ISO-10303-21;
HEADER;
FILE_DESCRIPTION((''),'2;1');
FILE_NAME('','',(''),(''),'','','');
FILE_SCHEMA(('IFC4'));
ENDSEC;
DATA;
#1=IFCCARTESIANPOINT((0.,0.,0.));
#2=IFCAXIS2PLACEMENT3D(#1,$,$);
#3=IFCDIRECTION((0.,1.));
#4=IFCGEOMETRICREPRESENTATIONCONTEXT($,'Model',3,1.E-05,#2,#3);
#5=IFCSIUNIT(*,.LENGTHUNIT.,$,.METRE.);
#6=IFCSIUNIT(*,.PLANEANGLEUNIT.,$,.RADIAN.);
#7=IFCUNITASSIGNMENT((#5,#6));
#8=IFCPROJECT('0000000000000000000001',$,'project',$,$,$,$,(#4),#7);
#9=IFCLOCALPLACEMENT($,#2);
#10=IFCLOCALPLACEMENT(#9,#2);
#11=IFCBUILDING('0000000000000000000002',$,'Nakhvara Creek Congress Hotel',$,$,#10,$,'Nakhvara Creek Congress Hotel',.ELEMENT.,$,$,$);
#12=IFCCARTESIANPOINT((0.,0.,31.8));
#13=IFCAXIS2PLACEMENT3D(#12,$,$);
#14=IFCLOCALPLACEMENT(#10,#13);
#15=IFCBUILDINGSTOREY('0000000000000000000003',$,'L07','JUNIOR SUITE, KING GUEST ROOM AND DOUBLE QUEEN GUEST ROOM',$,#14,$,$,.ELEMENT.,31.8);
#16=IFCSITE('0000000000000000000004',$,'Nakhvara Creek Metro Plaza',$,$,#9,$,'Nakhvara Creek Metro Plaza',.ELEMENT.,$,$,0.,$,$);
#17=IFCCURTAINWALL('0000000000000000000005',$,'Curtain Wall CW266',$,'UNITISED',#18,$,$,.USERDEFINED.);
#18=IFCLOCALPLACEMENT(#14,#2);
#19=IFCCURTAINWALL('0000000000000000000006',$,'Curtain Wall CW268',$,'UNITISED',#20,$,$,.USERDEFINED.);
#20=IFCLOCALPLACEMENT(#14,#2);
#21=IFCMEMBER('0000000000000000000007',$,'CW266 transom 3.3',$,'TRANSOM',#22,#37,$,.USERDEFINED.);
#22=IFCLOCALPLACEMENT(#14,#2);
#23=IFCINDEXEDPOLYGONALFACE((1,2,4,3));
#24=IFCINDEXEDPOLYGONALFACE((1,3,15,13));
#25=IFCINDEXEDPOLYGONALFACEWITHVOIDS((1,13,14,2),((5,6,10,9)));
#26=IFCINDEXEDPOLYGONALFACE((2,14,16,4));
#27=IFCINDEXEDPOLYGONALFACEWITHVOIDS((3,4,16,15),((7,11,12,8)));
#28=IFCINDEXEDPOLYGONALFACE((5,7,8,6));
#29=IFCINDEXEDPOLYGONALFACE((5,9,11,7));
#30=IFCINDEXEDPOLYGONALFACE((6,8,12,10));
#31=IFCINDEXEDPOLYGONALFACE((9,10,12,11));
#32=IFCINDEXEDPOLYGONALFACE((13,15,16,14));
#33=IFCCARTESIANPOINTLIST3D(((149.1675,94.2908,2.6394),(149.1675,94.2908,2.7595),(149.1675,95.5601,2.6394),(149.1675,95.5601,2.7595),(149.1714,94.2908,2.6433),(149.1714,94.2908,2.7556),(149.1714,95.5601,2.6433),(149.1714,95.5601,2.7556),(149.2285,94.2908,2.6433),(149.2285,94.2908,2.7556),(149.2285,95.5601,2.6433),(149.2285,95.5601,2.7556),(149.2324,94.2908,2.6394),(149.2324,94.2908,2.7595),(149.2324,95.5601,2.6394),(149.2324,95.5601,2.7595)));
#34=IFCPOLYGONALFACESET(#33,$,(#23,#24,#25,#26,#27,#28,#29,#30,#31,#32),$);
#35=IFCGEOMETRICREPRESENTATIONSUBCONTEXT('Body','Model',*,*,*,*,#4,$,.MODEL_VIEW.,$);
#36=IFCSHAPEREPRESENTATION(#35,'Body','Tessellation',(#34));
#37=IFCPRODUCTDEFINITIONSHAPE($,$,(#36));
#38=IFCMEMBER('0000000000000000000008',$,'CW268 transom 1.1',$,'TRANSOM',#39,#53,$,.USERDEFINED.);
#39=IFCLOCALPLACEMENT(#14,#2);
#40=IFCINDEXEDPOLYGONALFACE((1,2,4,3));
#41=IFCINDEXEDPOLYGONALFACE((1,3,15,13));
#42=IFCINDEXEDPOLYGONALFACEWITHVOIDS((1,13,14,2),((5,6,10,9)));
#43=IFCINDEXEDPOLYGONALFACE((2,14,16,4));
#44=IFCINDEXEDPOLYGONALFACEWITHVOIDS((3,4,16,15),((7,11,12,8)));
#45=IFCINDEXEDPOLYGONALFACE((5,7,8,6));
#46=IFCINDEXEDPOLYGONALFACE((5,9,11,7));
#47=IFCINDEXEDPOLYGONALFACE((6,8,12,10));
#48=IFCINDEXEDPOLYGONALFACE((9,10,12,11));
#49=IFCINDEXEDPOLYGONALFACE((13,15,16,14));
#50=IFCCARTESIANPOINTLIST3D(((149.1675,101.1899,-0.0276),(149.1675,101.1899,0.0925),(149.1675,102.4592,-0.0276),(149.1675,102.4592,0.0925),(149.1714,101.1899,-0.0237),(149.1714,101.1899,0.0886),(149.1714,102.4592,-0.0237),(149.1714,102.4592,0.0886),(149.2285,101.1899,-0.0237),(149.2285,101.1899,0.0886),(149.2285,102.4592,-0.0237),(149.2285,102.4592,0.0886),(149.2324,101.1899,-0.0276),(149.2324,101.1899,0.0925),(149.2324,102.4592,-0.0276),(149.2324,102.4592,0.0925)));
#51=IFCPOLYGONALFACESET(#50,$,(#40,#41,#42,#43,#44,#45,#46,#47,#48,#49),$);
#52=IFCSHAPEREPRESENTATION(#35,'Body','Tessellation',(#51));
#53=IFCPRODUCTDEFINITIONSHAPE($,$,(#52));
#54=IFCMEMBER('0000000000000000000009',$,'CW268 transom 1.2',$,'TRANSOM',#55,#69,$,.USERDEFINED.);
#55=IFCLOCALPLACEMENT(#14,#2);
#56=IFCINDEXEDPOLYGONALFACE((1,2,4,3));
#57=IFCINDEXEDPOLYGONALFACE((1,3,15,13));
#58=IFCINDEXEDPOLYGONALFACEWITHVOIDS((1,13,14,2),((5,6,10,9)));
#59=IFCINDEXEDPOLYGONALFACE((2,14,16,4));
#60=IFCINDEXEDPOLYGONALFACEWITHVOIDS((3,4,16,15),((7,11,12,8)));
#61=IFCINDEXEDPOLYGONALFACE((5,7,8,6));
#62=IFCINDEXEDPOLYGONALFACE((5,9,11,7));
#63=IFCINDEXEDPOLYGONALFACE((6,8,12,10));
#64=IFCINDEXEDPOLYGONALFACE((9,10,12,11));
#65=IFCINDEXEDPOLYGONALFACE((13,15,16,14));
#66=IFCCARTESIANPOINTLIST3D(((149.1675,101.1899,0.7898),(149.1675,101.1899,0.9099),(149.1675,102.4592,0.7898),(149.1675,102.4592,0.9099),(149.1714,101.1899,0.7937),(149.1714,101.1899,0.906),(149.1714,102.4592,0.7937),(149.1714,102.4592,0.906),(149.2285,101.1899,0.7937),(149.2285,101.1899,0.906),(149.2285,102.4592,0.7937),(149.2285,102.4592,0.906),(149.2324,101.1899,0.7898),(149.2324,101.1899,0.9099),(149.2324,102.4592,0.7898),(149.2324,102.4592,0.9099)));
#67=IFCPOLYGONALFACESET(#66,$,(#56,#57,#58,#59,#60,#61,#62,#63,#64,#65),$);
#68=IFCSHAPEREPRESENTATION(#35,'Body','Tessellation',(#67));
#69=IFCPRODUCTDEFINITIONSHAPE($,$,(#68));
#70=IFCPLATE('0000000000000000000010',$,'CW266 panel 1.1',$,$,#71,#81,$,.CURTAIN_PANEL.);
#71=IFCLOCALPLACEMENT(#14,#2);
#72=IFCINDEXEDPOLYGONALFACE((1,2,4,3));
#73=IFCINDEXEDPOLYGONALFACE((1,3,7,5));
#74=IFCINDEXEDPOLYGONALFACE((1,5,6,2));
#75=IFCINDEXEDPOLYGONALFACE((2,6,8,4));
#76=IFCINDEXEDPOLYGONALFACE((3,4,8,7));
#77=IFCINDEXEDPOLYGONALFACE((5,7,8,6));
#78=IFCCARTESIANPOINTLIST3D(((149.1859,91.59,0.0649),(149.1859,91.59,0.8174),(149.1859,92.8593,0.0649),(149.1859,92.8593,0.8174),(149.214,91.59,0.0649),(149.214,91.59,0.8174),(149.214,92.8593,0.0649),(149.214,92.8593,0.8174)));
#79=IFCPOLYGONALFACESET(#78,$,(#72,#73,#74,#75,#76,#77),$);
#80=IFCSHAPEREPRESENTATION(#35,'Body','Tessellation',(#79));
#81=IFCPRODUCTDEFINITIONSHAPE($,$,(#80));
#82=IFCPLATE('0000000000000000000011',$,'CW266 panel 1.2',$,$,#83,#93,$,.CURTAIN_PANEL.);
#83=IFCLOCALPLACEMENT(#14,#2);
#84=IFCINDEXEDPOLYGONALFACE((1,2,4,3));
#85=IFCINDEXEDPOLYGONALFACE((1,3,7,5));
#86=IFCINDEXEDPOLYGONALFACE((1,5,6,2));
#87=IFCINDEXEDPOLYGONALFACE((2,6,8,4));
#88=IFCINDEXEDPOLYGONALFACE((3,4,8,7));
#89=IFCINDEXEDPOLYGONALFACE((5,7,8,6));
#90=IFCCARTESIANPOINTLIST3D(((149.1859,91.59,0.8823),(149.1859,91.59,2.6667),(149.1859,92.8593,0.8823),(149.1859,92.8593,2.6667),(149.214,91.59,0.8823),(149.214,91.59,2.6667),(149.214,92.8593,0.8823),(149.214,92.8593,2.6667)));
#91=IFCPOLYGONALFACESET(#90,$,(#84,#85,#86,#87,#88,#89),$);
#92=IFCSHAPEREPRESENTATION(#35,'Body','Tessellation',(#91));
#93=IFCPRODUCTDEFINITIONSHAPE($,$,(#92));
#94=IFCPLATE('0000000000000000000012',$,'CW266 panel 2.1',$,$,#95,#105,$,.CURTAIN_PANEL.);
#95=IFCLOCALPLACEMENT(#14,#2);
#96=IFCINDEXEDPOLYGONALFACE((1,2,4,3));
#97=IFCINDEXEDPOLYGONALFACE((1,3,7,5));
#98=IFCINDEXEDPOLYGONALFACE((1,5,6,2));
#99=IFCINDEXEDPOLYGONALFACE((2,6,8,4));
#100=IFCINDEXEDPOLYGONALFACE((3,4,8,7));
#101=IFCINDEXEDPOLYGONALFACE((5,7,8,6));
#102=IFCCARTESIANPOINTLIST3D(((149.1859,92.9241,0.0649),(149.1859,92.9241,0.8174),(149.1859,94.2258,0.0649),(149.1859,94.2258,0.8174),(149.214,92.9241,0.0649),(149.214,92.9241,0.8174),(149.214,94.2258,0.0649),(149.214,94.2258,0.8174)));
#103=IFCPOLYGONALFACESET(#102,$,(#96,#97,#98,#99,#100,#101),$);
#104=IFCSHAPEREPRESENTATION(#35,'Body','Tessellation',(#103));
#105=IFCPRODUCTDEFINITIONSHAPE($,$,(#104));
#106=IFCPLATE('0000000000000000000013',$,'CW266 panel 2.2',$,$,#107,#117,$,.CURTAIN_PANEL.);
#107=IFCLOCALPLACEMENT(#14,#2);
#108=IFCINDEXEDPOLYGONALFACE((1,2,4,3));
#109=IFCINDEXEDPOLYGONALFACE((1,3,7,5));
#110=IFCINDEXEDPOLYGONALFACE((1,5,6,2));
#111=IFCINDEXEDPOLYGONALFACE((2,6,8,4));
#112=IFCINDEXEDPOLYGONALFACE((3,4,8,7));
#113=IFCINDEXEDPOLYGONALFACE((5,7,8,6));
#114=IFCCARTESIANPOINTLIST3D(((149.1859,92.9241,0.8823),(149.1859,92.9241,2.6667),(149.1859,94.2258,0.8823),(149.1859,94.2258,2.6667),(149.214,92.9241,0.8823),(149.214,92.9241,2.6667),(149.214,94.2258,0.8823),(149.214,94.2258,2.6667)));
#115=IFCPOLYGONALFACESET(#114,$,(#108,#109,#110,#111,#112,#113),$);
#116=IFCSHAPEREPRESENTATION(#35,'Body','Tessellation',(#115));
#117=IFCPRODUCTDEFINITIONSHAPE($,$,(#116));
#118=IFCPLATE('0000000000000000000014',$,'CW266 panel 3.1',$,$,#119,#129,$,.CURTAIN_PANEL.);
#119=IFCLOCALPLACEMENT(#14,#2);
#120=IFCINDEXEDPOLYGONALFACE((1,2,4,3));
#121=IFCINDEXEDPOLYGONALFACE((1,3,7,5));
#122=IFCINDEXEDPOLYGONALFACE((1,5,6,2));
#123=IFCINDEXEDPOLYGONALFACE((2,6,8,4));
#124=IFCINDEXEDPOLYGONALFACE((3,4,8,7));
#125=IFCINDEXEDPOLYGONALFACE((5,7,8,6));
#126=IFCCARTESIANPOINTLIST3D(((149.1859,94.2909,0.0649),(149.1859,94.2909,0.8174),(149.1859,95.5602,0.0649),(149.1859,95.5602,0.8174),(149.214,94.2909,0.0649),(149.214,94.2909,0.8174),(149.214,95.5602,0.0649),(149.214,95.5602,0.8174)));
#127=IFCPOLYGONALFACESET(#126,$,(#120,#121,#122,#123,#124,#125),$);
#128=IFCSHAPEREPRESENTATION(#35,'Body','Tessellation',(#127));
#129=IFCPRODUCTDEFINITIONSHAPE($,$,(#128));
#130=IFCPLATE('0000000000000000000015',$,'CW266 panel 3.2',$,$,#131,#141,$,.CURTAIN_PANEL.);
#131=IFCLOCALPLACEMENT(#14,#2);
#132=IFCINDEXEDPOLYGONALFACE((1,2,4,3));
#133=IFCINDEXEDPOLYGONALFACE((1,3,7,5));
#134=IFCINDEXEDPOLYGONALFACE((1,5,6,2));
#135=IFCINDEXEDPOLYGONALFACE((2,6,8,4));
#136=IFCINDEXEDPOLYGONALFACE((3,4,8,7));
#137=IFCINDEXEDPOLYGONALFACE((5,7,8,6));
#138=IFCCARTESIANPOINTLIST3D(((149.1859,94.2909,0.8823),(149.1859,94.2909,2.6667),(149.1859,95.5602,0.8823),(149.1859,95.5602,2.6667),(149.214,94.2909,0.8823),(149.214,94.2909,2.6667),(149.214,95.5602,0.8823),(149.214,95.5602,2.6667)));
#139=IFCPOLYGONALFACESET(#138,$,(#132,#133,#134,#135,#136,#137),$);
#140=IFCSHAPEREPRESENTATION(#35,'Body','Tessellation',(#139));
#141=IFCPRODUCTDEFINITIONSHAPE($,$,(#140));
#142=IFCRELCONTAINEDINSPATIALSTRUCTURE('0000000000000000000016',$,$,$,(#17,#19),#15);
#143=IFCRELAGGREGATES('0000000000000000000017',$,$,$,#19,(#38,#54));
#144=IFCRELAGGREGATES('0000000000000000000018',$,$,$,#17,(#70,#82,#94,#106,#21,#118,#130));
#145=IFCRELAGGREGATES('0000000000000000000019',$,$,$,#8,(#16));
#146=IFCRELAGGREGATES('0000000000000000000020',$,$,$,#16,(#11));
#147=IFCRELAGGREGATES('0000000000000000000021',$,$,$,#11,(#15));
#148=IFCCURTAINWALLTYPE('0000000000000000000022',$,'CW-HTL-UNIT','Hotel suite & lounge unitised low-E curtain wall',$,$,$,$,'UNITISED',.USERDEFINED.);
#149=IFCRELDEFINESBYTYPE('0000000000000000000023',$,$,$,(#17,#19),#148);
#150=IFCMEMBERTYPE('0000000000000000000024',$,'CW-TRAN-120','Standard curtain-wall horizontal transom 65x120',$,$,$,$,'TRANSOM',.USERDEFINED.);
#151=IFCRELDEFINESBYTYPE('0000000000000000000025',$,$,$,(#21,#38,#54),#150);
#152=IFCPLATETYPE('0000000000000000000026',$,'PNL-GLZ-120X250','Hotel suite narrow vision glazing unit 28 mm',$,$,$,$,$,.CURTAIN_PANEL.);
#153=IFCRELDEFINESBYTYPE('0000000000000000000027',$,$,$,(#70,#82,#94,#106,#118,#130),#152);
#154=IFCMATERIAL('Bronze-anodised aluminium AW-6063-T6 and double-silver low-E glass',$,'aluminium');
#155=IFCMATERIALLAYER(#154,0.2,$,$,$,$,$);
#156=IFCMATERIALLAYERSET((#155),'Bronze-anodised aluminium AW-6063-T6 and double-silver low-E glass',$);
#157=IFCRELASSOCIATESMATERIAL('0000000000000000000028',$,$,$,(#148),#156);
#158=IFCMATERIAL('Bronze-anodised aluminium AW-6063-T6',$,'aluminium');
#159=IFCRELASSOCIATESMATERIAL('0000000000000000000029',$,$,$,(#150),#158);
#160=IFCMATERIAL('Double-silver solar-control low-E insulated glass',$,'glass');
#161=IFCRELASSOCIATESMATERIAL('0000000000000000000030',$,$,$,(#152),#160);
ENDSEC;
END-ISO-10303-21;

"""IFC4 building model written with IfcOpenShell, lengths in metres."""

from ifc_helpers import new_model, si_unit, direction, frame, origin, origin_2d, place, context, subcontext, project, spatial, rectangle, hollow_rectangle, extrude, material, layer, layer_set, material_profile, profile_set, type_object, element, aggregate, save


model = new_model("IFC4")

# Units and contexts
model_context = context("Model", 3, precision=1e-05, world=origin(), true_north=direction((0.0, 1.0)))
body_context = subcontext(model_context, "Body", "Model", "MODEL_VIEW")
ifc_project = project(units=[si_unit("LENGTHUNIT", "METRE"), si_unit("PLANEANGLEUNIT", "RADIAN")], contexts=[model_context])

# Site, building, storey
site_placement = place(None, origin())
site = spatial("IfcSite", under=ifc_project, at=site_placement, Name="Nakhvara Creek Metro Plaza", LongName="Nakhvara Creek Metro Plaza", CompositionType="ELEMENT", RefElevation=0.0)
building_placement = place(site_placement, origin())
building = spatial("IfcBuilding", under=site, at=building_placement, Name="Nakhvara Creek Congress Hotel", LongName="Nakhvara Creek Congress Hotel", CompositionType="ELEMENT")
storey_placement = place(building_placement, frame((0.0, 0.0, 31.8)))
storey = spatial("IfcBuildingStorey", under=building, at=storey_placement, Name="L07", Description="JUNIOR SUITE, KING GUEST ROOM AND DOUBLE QUEEN GUEST ROOM", CompositionType="ELEMENT", Elevation=31.8)

# Curtain wall
ifc_material_1 = material(Name="Bronze-anodised aluminium AW-6063-T6 and double-silver low-E glass", Category="aluminium")
ifc_layer = layer(ifc_material_1, 0.2)
ifc_layer_set = layer_set([ifc_layer], Name="Bronze-anodised aluminium AW-6063-T6 and double-silver low-E glass")
curtain_wall_type = type_object("IfcCurtainWallType", Name="CW-HTL-UNIT", Description="Hotel suite & lounge unitised low-E curtain wall", ElementType="UNITISED", PredefinedType="USERDEFINED", material=ifc_layer_set)
curtain_wall_1_placement = place(storey_placement, origin())
curtain_wall_1 = element("IfcCurtainWall", 1, at=curtain_wall_1_placement, inside=storey, type_object=curtain_wall_type, Name="Curtain Wall CW266", ObjectType="UNITISED", PredefinedType="USERDEFINED")
ifc_material_2 = material(Name="Bronze-anodised aluminium AW-6063-T6", Category="aluminium")

# Curtain wall
curtain_wall_2_placement = place(storey_placement, origin())
curtain_wall_2 = element("IfcCurtainWall", 2, at=curtain_wall_2_placement, inside=storey, type_object=curtain_wall_type, Name="Curtain Wall CW268", ObjectType="UNITISED", PredefinedType="USERDEFINED")

# Members
ifc_material_profile_1 = material_profile(ifc_material_2, hollow_rectangle(XDim=0.0649, YDim=0.1201, WallThickness=0.0039, at=origin_2d()), Name="ALU-TRAN 65x120x4", Category="LoadBearing")
ifc_profile_set_1 = profile_set([ifc_material_profile_1], Name="Bronze-anodised aluminium AW-6063-T6")
member_type_1 = type_object("IfcMemberType", Name="CW-TRAN-120", Description="Standard curtain-wall horizontal transom 65x120", ElementType="TRANSOM", PredefinedType="USERDEFINED", material=ifc_profile_set_1)
member_1_placement = place(storey_placement, frame((149.2, 94.2908, 2.6995), z_axis=(0.0, 1.0, 0.0), x_axis=(-1.0, 0.0, 0.0)))
member_1 = element("IfcMember", 3, at=member_1_placement, type_object=member_type_1, Name="CW266 transom 3.3", ObjectType="TRANSOM", PredefinedType="USERDEFINED", context=body_context, shape_type="SweptSolid", body=[
    extrude(hollow_rectangle(XDim=0.0649, YDim=0.1201, WallThickness=0.0039, at=origin_2d()), origin(), (0.0, 0.0, 1.0), 1.2693),
])
member_2_placement = place(storey_placement, frame((149.2, 101.1899, 0.0325), z_axis=(0.0, 1.0, 0.0), x_axis=(-1.0, 0.0, 0.0)))
member_2 = element("IfcMember", 4, at=member_2_placement, type_object=member_type_1, Name="CW268 transom 1.1", ObjectType="TRANSOM", PredefinedType="USERDEFINED", context=body_context, shape_type="SweptSolid", body=[
    extrude(hollow_rectangle(XDim=0.0649, YDim=0.1201, WallThickness=0.0039, at=origin_2d()), origin(), (0.0, 0.0, 1.0), 1.2693),
])
member_3_placement = place(storey_placement, frame((149.2, 101.1899, 0.8499), z_axis=(0.0, 1.0, 0.0), x_axis=(-1.0, 0.0, 0.0)))
member_3 = element("IfcMember", 5, at=member_3_placement, type_object=member_type_1, Name="CW268 transom 1.2", ObjectType="TRANSOM", PredefinedType="USERDEFINED", context=body_context, shape_type="SweptSolid", body=[
    extrude(hollow_rectangle(XDim=0.0649, YDim=0.1201, WallThickness=0.0039, at=origin_2d()), origin(), (0.0, 0.0, 1.0), 1.2693),
])
aggregate(curtain_wall_2, [member_2, member_3])

# Plates
ifc_material_3 = material(Name="Double-silver solar-control low-E insulated glass", Category="glass")
plate_type = type_object("IfcPlateType", Name="PNL-GLZ-120X250", Description="Hotel suite narrow vision glazing unit 28 mm", PredefinedType="CURTAIN_PANEL", material=ifc_material_3)
plate_1_placement = place(storey_placement, frame((149.2, 92.2246, 0.0649), z_axis=(0.0, 0.0, 1.0), x_axis=(0.0, 1.0, 0.0)))
plate_1 = element("IfcPlate", 6, at=plate_1_placement, type_object=plate_type, Name="CW266 panel 1.1", PredefinedType="CURTAIN_PANEL", context=body_context, shape_type="SweptSolid", body=[
    extrude(rectangle(XDim=1.2693, YDim=0.0281, at=origin_2d()), origin(), (0.0, 0.0, 1.0), 0.7524),
])
plate_2_placement = place(storey_placement, frame((149.2, 92.2246, 0.8823), z_axis=(0.0, 0.0, 1.0), x_axis=(0.0, 1.0, 0.0)))
plate_2 = element("IfcPlate", 7, at=plate_2_placement, type_object=plate_type, Name="CW266 panel 1.2", PredefinedType="CURTAIN_PANEL", context=body_context, shape_type="SweptSolid", body=[
    extrude(rectangle(XDim=1.2693, YDim=0.0281, at=origin_2d()), origin(), (0.0, 0.0, 1.0), 1.7844),
])
plate_3_placement = place(storey_placement, frame((149.2, 93.575, 0.0649), z_axis=(0.0, 0.0, 1.0), x_axis=(0.0, 1.0, 0.0)))
plate_3 = element("IfcPlate", 8, at=plate_3_placement, type_object=plate_type, Name="CW266 panel 2.1", PredefinedType="CURTAIN_PANEL", context=body_context, shape_type="SweptSolid", body=[
    extrude(rectangle(XDim=1.3018, YDim=0.0281, at=origin_2d()), origin(), (0.0, 0.0, 1.0), 0.7524),
])
plate_4_placement = place(storey_placement, frame((149.2, 93.575, 0.8823), z_axis=(0.0, 0.0, 1.0), x_axis=(0.0, 1.0, 0.0)))
plate_4 = element("IfcPlate", 9, at=plate_4_placement, type_object=plate_type, Name="CW266 panel 2.2", PredefinedType="CURTAIN_PANEL", context=body_context, shape_type="SweptSolid", body=[
    extrude(rectangle(XDim=1.3018, YDim=0.0281, at=origin_2d()), origin(), (0.0, 0.0, 1.0), 1.7844),
])
plate_5_placement = place(storey_placement, frame((149.2, 94.9255, 0.0649), z_axis=(0.0, 0.0, 1.0), x_axis=(0.0, 1.0, 0.0)))
plate_5 = element("IfcPlate", 10, at=plate_5_placement, type_object=plate_type, Name="CW266 panel 3.1", PredefinedType="CURTAIN_PANEL", context=body_context, shape_type="SweptSolid", body=[
    extrude(rectangle(XDim=1.2693, YDim=0.0281, at=origin_2d()), origin(), (0.0, 0.0, 1.0), 0.7524),
])
plate_6_placement = place(storey_placement, frame((149.2, 94.9255, 0.8823), z_axis=(0.0, 0.0, 1.0), x_axis=(0.0, 1.0, 0.0)))
plate_6 = element("IfcPlate", 11, at=plate_6_placement, type_object=plate_type, Name="CW266 panel 3.2", PredefinedType="CURTAIN_PANEL", context=body_context, shape_type="SweptSolid", body=[
    extrude(rectangle(XDim=1.2693, YDim=0.0281, at=origin_2d()), origin(), (0.0, 0.0, 1.0), 1.7844),
])
aggregate(curtain_wall_1, [plate_1, plate_2, plate_3, plate_4, member_1, plate_5, plate_6])

save(model, "model.ifc")
